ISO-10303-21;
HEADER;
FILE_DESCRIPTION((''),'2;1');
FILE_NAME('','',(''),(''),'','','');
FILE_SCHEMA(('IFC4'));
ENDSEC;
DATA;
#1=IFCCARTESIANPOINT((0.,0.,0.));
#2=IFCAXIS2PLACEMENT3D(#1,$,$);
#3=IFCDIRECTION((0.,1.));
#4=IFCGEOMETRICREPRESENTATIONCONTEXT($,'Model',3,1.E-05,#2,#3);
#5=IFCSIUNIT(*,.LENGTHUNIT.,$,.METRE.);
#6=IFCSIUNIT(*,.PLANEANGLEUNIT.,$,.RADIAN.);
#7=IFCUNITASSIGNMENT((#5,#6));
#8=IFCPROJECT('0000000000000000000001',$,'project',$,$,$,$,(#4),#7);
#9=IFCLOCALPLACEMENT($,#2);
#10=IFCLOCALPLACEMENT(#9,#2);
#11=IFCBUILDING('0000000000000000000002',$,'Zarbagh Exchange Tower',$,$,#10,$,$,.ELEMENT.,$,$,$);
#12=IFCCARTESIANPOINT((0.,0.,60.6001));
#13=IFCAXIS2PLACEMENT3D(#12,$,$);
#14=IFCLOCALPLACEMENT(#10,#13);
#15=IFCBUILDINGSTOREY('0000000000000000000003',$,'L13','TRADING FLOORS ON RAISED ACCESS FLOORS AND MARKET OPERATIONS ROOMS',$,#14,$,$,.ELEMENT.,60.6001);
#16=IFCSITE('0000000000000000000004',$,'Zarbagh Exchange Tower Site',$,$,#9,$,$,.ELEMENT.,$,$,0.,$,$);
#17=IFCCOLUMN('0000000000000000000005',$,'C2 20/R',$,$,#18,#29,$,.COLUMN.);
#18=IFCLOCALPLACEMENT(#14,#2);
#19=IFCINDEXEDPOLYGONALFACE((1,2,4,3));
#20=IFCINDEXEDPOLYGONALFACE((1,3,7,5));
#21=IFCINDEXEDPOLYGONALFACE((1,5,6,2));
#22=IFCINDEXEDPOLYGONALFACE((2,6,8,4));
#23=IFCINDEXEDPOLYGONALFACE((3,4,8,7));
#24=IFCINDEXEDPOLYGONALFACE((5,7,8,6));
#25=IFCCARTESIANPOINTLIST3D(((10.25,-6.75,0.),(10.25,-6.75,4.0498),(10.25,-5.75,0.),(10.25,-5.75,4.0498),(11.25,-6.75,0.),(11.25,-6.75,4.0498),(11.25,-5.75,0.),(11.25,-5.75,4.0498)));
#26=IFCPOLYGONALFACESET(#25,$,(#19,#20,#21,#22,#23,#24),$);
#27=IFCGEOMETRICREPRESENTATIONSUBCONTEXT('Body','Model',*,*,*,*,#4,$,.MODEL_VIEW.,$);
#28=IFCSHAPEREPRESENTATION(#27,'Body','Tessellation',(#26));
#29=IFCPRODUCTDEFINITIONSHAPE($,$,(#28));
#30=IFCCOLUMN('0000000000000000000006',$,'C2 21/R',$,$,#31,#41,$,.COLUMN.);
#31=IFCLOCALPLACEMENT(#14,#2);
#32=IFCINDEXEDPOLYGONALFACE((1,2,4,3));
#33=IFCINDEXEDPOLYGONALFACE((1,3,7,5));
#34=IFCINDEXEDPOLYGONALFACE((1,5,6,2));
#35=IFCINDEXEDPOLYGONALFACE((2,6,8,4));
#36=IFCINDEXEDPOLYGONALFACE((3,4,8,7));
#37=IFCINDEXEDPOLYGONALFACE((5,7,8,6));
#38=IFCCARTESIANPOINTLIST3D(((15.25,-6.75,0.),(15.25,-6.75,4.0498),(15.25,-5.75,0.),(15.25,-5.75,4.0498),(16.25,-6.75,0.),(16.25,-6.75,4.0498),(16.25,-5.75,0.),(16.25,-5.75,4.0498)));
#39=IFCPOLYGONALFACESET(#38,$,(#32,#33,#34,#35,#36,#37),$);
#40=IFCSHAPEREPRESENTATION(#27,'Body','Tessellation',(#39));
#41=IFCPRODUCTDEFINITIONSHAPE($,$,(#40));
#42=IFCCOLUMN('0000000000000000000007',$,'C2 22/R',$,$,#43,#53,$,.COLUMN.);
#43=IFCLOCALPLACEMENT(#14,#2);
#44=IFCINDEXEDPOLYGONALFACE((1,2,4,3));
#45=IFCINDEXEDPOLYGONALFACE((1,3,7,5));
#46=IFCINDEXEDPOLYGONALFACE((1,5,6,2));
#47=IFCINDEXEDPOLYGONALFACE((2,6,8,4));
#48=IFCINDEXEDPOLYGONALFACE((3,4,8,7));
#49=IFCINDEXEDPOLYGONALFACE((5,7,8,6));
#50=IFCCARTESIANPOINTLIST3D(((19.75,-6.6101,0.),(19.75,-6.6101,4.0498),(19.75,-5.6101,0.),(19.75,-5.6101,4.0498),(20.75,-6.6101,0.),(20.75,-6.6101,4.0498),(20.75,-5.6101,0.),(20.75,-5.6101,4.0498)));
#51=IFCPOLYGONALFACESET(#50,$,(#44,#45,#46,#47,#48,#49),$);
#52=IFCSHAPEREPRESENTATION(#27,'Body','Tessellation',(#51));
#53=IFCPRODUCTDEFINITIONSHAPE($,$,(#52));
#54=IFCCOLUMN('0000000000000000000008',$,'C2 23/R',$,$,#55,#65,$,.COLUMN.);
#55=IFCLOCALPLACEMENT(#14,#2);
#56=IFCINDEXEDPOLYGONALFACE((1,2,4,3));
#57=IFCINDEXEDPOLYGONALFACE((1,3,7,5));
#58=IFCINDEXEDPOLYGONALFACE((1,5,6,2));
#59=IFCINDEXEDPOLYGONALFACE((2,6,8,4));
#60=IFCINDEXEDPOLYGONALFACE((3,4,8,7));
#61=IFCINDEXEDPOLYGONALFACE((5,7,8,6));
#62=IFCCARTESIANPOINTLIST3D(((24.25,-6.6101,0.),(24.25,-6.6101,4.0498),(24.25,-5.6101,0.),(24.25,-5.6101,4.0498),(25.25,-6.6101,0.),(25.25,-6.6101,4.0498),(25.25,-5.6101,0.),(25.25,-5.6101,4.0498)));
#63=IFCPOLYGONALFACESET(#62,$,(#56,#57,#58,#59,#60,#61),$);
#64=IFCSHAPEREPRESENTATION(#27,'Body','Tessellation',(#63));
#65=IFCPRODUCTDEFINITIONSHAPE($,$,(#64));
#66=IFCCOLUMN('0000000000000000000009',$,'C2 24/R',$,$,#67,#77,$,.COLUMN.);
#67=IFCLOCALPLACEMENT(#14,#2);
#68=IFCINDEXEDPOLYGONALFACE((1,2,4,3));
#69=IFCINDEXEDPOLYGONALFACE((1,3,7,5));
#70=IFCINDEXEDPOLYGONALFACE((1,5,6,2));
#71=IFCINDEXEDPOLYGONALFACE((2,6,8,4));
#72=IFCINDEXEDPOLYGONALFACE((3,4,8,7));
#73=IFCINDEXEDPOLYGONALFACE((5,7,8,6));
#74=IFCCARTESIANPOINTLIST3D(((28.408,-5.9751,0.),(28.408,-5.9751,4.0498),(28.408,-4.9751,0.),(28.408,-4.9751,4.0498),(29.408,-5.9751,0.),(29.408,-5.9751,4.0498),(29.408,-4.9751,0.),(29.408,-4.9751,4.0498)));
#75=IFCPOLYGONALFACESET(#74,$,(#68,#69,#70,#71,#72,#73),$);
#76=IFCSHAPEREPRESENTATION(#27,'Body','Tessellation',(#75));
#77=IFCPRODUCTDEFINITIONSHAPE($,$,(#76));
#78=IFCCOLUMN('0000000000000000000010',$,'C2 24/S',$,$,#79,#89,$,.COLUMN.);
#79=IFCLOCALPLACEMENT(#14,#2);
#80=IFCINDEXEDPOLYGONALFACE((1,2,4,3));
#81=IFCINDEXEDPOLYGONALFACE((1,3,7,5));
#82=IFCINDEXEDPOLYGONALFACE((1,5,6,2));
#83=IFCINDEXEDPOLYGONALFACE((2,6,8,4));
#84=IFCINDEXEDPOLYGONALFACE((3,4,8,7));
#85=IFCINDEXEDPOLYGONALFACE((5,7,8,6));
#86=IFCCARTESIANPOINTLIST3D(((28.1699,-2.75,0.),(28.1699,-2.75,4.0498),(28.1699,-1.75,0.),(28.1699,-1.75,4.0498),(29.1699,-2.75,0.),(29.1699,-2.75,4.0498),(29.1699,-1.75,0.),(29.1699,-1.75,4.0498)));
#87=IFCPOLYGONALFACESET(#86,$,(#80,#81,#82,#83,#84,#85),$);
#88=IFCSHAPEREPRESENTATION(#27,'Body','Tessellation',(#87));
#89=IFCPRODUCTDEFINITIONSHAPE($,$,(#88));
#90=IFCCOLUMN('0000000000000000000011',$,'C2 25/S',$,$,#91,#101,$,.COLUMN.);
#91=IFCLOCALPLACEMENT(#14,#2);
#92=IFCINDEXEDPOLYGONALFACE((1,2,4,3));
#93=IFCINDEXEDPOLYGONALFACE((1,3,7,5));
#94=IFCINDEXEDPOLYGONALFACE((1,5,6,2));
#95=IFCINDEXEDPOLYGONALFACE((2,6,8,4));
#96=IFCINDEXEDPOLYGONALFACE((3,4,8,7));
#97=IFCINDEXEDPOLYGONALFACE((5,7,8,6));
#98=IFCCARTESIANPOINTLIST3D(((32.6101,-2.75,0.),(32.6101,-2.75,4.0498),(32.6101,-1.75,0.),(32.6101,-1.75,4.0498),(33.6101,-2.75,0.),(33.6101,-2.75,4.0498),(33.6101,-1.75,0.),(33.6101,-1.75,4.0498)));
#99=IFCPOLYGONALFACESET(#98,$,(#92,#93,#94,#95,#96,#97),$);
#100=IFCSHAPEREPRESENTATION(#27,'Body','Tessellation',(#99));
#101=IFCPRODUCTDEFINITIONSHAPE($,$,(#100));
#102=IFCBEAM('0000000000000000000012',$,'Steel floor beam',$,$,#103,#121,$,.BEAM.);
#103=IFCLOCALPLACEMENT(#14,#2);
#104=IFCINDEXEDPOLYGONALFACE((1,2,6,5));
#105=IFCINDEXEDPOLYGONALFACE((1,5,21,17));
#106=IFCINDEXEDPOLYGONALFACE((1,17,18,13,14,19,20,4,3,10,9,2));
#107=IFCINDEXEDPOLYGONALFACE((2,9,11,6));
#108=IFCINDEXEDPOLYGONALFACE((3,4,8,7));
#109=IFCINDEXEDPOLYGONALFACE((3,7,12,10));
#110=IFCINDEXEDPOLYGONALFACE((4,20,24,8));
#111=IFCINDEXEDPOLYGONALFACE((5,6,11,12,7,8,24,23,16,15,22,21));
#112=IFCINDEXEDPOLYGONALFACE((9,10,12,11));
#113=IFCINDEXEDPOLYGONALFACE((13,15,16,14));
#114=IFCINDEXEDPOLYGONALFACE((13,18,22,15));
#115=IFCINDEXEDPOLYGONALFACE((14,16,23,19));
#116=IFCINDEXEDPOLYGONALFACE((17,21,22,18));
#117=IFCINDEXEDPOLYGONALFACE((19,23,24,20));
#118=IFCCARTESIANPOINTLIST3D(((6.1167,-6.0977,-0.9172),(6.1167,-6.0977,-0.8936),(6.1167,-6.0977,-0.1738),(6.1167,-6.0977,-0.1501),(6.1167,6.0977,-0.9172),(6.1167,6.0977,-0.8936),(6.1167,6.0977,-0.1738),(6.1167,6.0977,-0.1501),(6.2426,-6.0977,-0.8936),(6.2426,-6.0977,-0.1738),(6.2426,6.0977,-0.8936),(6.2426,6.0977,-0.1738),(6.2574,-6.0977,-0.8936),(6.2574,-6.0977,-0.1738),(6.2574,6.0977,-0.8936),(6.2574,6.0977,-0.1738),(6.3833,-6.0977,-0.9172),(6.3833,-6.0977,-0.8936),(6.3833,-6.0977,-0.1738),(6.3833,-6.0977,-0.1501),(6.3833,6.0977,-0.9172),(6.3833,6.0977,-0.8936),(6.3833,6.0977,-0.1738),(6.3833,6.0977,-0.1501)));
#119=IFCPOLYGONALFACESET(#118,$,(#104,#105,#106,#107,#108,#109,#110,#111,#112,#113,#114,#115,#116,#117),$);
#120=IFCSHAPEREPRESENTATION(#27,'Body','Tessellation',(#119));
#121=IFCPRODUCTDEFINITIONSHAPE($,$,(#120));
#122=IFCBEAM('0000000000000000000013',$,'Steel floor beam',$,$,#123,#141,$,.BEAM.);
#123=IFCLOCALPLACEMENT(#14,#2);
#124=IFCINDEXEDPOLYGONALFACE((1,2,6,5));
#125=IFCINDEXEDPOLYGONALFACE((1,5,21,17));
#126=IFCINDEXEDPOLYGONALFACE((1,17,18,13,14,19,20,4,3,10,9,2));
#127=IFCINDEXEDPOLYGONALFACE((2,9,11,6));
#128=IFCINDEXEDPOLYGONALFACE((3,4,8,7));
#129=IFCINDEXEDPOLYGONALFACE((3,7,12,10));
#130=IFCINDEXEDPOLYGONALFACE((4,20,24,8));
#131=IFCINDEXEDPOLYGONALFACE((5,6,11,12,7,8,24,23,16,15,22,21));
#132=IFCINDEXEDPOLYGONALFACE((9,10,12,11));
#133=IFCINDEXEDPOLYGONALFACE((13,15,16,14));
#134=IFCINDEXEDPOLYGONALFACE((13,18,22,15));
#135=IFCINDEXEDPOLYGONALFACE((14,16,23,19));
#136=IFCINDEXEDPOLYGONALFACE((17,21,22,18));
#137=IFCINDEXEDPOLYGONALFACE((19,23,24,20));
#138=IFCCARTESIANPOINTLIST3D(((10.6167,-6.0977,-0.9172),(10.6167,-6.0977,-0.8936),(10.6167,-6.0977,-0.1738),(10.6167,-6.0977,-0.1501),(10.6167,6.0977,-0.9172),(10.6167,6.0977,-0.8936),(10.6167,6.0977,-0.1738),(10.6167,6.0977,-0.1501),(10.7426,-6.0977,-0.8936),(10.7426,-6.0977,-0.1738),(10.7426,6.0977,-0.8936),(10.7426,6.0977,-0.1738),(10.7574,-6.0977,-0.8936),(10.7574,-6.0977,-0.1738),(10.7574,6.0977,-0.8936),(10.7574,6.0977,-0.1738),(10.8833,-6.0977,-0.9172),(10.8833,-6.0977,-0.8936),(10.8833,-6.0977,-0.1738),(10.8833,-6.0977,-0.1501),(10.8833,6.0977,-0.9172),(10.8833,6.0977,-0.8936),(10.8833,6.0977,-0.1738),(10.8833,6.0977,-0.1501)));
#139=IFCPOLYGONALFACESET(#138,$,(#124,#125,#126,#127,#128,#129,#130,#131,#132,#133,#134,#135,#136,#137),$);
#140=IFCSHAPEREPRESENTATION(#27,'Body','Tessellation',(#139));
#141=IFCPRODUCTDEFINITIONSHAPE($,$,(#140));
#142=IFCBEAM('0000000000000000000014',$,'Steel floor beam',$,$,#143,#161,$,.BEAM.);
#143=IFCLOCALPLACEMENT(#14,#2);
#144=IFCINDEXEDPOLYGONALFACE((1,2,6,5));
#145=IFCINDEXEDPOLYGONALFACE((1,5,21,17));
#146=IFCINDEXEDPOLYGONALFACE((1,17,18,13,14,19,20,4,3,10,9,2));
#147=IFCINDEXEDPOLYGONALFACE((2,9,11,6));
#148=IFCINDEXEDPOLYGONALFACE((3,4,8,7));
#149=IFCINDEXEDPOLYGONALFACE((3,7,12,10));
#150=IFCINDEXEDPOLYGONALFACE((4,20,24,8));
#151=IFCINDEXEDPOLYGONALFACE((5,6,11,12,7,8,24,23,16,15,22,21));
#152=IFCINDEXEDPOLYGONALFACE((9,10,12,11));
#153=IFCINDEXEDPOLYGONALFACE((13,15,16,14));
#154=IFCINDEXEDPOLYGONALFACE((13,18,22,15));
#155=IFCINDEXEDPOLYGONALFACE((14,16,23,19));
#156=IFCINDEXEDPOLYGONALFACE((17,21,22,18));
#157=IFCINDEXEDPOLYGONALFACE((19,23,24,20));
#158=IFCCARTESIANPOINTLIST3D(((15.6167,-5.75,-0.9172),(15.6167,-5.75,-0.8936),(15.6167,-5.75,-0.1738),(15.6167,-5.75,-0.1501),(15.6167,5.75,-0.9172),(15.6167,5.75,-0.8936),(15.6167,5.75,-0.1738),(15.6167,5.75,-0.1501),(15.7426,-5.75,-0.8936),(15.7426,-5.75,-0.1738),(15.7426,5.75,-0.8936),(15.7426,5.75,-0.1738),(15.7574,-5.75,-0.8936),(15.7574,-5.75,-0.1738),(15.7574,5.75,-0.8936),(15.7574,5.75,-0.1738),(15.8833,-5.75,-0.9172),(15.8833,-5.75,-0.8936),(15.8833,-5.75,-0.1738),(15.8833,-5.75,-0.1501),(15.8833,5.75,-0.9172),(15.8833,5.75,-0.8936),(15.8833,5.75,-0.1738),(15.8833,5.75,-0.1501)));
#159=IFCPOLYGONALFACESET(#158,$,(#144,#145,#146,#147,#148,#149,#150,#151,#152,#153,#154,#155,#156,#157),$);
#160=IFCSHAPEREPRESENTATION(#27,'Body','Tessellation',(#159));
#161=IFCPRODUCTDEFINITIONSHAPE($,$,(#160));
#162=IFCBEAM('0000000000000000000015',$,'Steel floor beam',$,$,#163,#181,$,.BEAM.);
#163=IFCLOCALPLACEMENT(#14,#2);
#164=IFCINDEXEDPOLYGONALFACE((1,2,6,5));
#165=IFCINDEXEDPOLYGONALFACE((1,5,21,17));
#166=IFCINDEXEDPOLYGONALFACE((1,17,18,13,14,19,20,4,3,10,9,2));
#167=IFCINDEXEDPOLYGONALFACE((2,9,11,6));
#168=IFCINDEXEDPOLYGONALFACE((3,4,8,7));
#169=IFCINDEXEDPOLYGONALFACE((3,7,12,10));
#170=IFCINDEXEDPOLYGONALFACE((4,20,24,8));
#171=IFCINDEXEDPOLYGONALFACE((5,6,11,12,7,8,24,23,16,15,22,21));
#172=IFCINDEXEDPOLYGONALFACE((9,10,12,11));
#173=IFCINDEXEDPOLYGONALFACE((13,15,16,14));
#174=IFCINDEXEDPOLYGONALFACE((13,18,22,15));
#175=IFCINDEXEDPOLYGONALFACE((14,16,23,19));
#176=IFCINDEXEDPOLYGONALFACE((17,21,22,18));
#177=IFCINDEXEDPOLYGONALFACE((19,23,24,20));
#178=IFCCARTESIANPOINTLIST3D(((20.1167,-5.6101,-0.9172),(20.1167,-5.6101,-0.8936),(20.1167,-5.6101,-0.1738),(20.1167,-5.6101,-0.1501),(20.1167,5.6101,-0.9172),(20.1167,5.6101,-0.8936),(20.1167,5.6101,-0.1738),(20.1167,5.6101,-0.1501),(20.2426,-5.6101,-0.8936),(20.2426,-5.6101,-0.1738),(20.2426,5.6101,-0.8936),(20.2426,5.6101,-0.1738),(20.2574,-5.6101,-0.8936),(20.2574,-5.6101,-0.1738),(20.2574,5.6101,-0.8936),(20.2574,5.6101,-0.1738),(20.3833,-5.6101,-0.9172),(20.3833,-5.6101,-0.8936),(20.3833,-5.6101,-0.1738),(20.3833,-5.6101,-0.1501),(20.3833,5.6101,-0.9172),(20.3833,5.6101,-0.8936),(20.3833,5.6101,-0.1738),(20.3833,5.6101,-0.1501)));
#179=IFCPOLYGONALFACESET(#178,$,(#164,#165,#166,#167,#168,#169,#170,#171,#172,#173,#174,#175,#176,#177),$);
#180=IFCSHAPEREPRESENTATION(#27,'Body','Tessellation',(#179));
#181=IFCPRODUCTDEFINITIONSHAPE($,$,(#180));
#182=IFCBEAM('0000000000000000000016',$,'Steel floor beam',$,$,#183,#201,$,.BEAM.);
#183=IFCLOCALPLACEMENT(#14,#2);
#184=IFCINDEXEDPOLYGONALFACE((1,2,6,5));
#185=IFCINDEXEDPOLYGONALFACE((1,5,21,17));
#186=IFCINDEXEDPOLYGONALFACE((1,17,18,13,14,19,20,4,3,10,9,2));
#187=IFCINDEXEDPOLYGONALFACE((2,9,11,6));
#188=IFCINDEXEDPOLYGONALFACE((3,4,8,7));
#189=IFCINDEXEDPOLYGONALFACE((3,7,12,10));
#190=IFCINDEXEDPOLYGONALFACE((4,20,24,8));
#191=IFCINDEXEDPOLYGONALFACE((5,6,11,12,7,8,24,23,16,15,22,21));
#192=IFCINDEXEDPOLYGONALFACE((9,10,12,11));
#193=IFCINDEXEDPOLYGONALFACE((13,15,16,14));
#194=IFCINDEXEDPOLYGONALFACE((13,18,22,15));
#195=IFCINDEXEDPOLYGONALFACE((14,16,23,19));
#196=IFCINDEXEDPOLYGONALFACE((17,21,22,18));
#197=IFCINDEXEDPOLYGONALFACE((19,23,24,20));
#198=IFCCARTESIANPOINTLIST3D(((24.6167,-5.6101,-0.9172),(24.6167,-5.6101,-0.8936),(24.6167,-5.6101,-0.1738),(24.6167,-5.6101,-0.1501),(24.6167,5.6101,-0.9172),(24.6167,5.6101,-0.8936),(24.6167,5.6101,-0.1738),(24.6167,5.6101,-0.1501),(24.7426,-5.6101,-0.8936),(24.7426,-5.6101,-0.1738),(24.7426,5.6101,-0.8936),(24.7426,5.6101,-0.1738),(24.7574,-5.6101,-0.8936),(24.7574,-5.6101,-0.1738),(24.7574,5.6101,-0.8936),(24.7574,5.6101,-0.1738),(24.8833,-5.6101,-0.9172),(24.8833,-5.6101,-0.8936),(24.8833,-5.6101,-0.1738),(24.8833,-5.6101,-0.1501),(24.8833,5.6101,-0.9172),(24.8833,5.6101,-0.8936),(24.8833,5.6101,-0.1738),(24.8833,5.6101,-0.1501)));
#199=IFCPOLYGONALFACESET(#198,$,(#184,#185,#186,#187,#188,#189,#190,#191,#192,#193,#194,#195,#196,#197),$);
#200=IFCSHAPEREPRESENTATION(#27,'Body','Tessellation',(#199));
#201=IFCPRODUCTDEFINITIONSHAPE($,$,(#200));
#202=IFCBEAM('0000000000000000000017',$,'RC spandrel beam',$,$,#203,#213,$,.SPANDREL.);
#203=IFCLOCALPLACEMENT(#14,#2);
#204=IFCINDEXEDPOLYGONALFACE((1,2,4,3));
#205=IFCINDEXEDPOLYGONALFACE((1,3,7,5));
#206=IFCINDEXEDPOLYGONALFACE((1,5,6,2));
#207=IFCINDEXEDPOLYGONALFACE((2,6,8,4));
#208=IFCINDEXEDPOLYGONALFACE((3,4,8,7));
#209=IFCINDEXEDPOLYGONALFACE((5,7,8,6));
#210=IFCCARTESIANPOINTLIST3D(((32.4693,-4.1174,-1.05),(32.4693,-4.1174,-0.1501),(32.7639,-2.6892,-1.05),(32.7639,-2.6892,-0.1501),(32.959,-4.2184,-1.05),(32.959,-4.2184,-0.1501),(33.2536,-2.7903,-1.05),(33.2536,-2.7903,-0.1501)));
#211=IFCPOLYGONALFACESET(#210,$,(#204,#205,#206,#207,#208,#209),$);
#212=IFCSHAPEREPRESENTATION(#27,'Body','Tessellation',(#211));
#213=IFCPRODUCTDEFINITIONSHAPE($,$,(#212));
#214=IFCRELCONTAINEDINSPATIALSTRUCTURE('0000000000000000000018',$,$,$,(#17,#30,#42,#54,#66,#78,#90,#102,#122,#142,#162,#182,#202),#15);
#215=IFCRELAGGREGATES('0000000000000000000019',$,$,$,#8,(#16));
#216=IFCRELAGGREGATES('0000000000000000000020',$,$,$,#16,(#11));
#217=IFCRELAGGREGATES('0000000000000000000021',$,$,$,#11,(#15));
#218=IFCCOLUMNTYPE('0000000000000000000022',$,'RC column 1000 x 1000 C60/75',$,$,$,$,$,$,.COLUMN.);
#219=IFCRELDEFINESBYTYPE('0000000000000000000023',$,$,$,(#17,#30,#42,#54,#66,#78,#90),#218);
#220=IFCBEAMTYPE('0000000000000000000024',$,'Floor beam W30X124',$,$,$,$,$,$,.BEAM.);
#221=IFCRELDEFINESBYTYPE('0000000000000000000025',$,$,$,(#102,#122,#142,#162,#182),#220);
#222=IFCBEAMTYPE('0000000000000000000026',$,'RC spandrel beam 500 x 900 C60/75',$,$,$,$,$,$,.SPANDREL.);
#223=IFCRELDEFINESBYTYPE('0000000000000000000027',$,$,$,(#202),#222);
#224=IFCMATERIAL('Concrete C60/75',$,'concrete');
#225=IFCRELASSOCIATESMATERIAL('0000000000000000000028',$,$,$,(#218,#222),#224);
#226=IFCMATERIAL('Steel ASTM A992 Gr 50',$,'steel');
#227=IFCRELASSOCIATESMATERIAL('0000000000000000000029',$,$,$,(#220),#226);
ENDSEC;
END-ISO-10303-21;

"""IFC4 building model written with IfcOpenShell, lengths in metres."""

from ifc_helpers import new_model, si_unit, direction, frame, origin, origin_2d, place, context, subcontext, project, spatial, rectangle, i_section, extrude, material, material_profile, profile_set, type_object, element, save


model = new_model("IFC4")

# Units and contexts
model_context = context("Model", 3, precision=1e-05, world=origin(), true_north=direction((0.0, 1.0)))
body_context = subcontext(model_context, "Body", "Model", "MODEL_VIEW")
ifc_project = project(units=[si_unit("LENGTHUNIT", "METRE"), si_unit("PLANEANGLEUNIT", "RADIAN")], contexts=[model_context])

# Site, building, storey
site_placement = place(None, origin())
site = spatial("IfcSite", under=ifc_project, at=site_placement, Name="Zarbagh Exchange Tower Site", CompositionType="ELEMENT", RefElevation=0.0)
building_placement = place(site_placement, origin())
building = spatial("IfcBuilding", under=site, at=building_placement, Name="Zarbagh Exchange Tower", CompositionType="ELEMENT")
storey_placement = place(building_placement, frame((0.0, 0.0, 60.6001)))
storey = spatial("IfcBuildingStorey", under=building, at=storey_placement, Name="L13", Description="TRADING FLOORS ON RAISED ACCESS FLOORS AND MARKET OPERATIONS ROOMS", CompositionType="ELEMENT", Elevation=60.6001)

# Columns
ifc_material_1 = material(Name="Concrete C60/75", Category="concrete")
ifc_material_profile_1 = material_profile(ifc_material_1, rectangle(XDim=1.0, YDim=1.0, at=origin_2d()), Name="RC column 1000 x 1000 C60/75")
ifc_profile_set_1 = profile_set([ifc_material_profile_1], Name="Concrete C60/75")
column_type = type_object("IfcColumnType", Name="RC column 1000 x 1000 C60/75", PredefinedType="COLUMN", material=ifc_profile_set_1)
for number, where, z_axis, x_axis, name in (
    (1, (10.75, -6.25, 0.0), (0.0, 0.0, 1.0), (1.0, 0.0, 0.0), "C2 20/R"),
    (2, (15.75, -6.25, 0.0), (0.0, 0.0, 1.0), (1.0, 0.0, 0.0), "C2 21/R"),
    (3, (20.25, -6.1101, 0.0), (0.0, 0.0, 1.0), (1.0, 0.0, 0.0), "C2 22/R"),
    (4, (24.75, -6.1101, 0.0), (0.0, 0.0, 1.0), (1.0, 0.0, 0.0), "C2 23/R"),
    (5, (28.908, -5.4751, 0.0), (0.0, 0.0, 1.0), (1.0, 0.0, 0.0), "C2 24/R"),
    (6, (28.6699, -2.25, 0.0), (0.0, 0.0, 1.0), (1.0, 0.0, 0.0), "C2 24/S"),
    (7, (33.1101, -2.25, 0.0), (0.0, 0.0, 1.0), (1.0, 0.0, 0.0), "C2 25/S"),
):
    element("IfcColumn", number, at=place(storey_placement, frame(where, z_axis=z_axis, x_axis=x_axis)), inside=storey, type_object=column_type, Name=name, PredefinedType="COLUMN", context=body_context, shape_type="SweptSolid", body=[
        extrude(rectangle(XDim=1.0, YDim=1.0, at=origin_2d()), origin(), (0.0, 0.0, 1.0), 4.0498),
    ])

# Beams
ifc_material_2 = material(Name="Steel ASTM A992 Gr 50", Category="steel")
ifc_material_profile_2 = material_profile(ifc_material_2, i_section(OverallWidth=0.2666, OverallDepth=0.7671, WebThickness=0.0149, FlangeThickness=0.0237, at=origin_2d()), Name="W30X124")
ifc_profile_set_2 = profile_set([ifc_material_profile_2], Name="Steel ASTM A992 Gr 50")
beam_type_1 = type_object("IfcBeamType", Name="Floor beam W30X124", PredefinedType="BEAM", material=ifc_profile_set_2)
for number, where, z_axis, x_axis, name in (
    (8, (6.25, -6.0977, -0.5337), (0.0, 1.0, 0.0), (-1.0, 0.0, 0.0), "Steel floor beam"),
    (9, (10.75, -6.0977, -0.5337), (0.0, 1.0, 0.0), (-1.0, 0.0, 0.0), "Steel floor beam"),
):
    element("IfcBeam", number, at=place(storey_placement, frame(where, z_axis=z_axis, x_axis=x_axis)), inside=storey, type_object=beam_type_1, Name=name, PredefinedType="BEAM", context=body_context, shape_type="SweptSolid", body=[
        extrude(i_section(OverallWidth=0.2666, OverallDepth=0.7671, WebThickness=0.0149, FlangeThickness=0.0237, at=origin_2d()), origin(), (0.0, 0.0, 1.0), 12.1953),
    ])
beam_1_placement = place(storey_placement, frame((15.75, -5.75, -0.5337), z_axis=(0.0, 1.0, 0.0), x_axis=(-1.0, 0.0, 0.0)))
element("IfcBeam", 10, at=beam_1_placement, inside=storey, type_object=beam_type_1, Name="Steel floor beam", PredefinedType="BEAM", context=body_context, shape_type="SweptSolid", body=[
    extrude(i_section(OverallWidth=0.2666, OverallDepth=0.7671, WebThickness=0.0149, FlangeThickness=0.0237, at=origin_2d()), origin(), (0.0, 0.0, 1.0), 11.5),
])
for number, where, z_axis, x_axis, name in (
    (11, (20.25, -5.6101, -0.5337), (0.0, 1.0, 0.0), (-1.0, 0.0, 0.0), "Steel floor beam"),
    (12, (24.75, -5.6101, -0.5337), (0.0, 1.0, 0.0), (-1.0, 0.0, 0.0), "Steel floor beam"),
):
    element("IfcBeam", number, at=place(storey_placement, frame(where, z_axis=z_axis, x_axis=x_axis)), inside=storey, type_object=beam_type_1, Name=name, PredefinedType="BEAM", context=body_context, shape_type="SweptSolid", body=[
        extrude(i_section(OverallWidth=0.2666, OverallDepth=0.7671, WebThickness=0.0149, FlangeThickness=0.0237, at=origin_2d()), origin(), (0.0, 0.0, 1.0), 11.2202),
    ])
ifc_material_profile_3 = material_profile(ifc_material_1, rectangle(XDim=0.5, YDim=0.8999, at=origin_2d()), Name="RC spandrel beam 500 x 900 C60/75")
ifc_profile_set_3 = profile_set([ifc_material_profile_3], Name="Concrete C60/75")
beam_type_2 = type_object("IfcBeamType", Name="RC spandrel beam 500 x 900 C60/75", PredefinedType="SPANDREL", material=ifc_profile_set_3)
beam_2_placement = place(storey_placement, frame((33.0088, -2.7397, -0.6001), z_axis=(-0.202069, -0.979371, 0.0), x_axis=(0.979371, -0.202069, 0.0)))
element("IfcBeam", 13, at=beam_2_placement, inside=storey, type_object=beam_type_2, Name="RC spandrel beam", PredefinedType="SPANDREL", context=body_context, shape_type="SweptSolid", body=[
    extrude(rectangle(XDim=0.5, YDim=0.8999, at=origin_2d()), origin(), (0.0, 0.0, 1.0), 1.4583),
])

save(model, "model.ifc")
